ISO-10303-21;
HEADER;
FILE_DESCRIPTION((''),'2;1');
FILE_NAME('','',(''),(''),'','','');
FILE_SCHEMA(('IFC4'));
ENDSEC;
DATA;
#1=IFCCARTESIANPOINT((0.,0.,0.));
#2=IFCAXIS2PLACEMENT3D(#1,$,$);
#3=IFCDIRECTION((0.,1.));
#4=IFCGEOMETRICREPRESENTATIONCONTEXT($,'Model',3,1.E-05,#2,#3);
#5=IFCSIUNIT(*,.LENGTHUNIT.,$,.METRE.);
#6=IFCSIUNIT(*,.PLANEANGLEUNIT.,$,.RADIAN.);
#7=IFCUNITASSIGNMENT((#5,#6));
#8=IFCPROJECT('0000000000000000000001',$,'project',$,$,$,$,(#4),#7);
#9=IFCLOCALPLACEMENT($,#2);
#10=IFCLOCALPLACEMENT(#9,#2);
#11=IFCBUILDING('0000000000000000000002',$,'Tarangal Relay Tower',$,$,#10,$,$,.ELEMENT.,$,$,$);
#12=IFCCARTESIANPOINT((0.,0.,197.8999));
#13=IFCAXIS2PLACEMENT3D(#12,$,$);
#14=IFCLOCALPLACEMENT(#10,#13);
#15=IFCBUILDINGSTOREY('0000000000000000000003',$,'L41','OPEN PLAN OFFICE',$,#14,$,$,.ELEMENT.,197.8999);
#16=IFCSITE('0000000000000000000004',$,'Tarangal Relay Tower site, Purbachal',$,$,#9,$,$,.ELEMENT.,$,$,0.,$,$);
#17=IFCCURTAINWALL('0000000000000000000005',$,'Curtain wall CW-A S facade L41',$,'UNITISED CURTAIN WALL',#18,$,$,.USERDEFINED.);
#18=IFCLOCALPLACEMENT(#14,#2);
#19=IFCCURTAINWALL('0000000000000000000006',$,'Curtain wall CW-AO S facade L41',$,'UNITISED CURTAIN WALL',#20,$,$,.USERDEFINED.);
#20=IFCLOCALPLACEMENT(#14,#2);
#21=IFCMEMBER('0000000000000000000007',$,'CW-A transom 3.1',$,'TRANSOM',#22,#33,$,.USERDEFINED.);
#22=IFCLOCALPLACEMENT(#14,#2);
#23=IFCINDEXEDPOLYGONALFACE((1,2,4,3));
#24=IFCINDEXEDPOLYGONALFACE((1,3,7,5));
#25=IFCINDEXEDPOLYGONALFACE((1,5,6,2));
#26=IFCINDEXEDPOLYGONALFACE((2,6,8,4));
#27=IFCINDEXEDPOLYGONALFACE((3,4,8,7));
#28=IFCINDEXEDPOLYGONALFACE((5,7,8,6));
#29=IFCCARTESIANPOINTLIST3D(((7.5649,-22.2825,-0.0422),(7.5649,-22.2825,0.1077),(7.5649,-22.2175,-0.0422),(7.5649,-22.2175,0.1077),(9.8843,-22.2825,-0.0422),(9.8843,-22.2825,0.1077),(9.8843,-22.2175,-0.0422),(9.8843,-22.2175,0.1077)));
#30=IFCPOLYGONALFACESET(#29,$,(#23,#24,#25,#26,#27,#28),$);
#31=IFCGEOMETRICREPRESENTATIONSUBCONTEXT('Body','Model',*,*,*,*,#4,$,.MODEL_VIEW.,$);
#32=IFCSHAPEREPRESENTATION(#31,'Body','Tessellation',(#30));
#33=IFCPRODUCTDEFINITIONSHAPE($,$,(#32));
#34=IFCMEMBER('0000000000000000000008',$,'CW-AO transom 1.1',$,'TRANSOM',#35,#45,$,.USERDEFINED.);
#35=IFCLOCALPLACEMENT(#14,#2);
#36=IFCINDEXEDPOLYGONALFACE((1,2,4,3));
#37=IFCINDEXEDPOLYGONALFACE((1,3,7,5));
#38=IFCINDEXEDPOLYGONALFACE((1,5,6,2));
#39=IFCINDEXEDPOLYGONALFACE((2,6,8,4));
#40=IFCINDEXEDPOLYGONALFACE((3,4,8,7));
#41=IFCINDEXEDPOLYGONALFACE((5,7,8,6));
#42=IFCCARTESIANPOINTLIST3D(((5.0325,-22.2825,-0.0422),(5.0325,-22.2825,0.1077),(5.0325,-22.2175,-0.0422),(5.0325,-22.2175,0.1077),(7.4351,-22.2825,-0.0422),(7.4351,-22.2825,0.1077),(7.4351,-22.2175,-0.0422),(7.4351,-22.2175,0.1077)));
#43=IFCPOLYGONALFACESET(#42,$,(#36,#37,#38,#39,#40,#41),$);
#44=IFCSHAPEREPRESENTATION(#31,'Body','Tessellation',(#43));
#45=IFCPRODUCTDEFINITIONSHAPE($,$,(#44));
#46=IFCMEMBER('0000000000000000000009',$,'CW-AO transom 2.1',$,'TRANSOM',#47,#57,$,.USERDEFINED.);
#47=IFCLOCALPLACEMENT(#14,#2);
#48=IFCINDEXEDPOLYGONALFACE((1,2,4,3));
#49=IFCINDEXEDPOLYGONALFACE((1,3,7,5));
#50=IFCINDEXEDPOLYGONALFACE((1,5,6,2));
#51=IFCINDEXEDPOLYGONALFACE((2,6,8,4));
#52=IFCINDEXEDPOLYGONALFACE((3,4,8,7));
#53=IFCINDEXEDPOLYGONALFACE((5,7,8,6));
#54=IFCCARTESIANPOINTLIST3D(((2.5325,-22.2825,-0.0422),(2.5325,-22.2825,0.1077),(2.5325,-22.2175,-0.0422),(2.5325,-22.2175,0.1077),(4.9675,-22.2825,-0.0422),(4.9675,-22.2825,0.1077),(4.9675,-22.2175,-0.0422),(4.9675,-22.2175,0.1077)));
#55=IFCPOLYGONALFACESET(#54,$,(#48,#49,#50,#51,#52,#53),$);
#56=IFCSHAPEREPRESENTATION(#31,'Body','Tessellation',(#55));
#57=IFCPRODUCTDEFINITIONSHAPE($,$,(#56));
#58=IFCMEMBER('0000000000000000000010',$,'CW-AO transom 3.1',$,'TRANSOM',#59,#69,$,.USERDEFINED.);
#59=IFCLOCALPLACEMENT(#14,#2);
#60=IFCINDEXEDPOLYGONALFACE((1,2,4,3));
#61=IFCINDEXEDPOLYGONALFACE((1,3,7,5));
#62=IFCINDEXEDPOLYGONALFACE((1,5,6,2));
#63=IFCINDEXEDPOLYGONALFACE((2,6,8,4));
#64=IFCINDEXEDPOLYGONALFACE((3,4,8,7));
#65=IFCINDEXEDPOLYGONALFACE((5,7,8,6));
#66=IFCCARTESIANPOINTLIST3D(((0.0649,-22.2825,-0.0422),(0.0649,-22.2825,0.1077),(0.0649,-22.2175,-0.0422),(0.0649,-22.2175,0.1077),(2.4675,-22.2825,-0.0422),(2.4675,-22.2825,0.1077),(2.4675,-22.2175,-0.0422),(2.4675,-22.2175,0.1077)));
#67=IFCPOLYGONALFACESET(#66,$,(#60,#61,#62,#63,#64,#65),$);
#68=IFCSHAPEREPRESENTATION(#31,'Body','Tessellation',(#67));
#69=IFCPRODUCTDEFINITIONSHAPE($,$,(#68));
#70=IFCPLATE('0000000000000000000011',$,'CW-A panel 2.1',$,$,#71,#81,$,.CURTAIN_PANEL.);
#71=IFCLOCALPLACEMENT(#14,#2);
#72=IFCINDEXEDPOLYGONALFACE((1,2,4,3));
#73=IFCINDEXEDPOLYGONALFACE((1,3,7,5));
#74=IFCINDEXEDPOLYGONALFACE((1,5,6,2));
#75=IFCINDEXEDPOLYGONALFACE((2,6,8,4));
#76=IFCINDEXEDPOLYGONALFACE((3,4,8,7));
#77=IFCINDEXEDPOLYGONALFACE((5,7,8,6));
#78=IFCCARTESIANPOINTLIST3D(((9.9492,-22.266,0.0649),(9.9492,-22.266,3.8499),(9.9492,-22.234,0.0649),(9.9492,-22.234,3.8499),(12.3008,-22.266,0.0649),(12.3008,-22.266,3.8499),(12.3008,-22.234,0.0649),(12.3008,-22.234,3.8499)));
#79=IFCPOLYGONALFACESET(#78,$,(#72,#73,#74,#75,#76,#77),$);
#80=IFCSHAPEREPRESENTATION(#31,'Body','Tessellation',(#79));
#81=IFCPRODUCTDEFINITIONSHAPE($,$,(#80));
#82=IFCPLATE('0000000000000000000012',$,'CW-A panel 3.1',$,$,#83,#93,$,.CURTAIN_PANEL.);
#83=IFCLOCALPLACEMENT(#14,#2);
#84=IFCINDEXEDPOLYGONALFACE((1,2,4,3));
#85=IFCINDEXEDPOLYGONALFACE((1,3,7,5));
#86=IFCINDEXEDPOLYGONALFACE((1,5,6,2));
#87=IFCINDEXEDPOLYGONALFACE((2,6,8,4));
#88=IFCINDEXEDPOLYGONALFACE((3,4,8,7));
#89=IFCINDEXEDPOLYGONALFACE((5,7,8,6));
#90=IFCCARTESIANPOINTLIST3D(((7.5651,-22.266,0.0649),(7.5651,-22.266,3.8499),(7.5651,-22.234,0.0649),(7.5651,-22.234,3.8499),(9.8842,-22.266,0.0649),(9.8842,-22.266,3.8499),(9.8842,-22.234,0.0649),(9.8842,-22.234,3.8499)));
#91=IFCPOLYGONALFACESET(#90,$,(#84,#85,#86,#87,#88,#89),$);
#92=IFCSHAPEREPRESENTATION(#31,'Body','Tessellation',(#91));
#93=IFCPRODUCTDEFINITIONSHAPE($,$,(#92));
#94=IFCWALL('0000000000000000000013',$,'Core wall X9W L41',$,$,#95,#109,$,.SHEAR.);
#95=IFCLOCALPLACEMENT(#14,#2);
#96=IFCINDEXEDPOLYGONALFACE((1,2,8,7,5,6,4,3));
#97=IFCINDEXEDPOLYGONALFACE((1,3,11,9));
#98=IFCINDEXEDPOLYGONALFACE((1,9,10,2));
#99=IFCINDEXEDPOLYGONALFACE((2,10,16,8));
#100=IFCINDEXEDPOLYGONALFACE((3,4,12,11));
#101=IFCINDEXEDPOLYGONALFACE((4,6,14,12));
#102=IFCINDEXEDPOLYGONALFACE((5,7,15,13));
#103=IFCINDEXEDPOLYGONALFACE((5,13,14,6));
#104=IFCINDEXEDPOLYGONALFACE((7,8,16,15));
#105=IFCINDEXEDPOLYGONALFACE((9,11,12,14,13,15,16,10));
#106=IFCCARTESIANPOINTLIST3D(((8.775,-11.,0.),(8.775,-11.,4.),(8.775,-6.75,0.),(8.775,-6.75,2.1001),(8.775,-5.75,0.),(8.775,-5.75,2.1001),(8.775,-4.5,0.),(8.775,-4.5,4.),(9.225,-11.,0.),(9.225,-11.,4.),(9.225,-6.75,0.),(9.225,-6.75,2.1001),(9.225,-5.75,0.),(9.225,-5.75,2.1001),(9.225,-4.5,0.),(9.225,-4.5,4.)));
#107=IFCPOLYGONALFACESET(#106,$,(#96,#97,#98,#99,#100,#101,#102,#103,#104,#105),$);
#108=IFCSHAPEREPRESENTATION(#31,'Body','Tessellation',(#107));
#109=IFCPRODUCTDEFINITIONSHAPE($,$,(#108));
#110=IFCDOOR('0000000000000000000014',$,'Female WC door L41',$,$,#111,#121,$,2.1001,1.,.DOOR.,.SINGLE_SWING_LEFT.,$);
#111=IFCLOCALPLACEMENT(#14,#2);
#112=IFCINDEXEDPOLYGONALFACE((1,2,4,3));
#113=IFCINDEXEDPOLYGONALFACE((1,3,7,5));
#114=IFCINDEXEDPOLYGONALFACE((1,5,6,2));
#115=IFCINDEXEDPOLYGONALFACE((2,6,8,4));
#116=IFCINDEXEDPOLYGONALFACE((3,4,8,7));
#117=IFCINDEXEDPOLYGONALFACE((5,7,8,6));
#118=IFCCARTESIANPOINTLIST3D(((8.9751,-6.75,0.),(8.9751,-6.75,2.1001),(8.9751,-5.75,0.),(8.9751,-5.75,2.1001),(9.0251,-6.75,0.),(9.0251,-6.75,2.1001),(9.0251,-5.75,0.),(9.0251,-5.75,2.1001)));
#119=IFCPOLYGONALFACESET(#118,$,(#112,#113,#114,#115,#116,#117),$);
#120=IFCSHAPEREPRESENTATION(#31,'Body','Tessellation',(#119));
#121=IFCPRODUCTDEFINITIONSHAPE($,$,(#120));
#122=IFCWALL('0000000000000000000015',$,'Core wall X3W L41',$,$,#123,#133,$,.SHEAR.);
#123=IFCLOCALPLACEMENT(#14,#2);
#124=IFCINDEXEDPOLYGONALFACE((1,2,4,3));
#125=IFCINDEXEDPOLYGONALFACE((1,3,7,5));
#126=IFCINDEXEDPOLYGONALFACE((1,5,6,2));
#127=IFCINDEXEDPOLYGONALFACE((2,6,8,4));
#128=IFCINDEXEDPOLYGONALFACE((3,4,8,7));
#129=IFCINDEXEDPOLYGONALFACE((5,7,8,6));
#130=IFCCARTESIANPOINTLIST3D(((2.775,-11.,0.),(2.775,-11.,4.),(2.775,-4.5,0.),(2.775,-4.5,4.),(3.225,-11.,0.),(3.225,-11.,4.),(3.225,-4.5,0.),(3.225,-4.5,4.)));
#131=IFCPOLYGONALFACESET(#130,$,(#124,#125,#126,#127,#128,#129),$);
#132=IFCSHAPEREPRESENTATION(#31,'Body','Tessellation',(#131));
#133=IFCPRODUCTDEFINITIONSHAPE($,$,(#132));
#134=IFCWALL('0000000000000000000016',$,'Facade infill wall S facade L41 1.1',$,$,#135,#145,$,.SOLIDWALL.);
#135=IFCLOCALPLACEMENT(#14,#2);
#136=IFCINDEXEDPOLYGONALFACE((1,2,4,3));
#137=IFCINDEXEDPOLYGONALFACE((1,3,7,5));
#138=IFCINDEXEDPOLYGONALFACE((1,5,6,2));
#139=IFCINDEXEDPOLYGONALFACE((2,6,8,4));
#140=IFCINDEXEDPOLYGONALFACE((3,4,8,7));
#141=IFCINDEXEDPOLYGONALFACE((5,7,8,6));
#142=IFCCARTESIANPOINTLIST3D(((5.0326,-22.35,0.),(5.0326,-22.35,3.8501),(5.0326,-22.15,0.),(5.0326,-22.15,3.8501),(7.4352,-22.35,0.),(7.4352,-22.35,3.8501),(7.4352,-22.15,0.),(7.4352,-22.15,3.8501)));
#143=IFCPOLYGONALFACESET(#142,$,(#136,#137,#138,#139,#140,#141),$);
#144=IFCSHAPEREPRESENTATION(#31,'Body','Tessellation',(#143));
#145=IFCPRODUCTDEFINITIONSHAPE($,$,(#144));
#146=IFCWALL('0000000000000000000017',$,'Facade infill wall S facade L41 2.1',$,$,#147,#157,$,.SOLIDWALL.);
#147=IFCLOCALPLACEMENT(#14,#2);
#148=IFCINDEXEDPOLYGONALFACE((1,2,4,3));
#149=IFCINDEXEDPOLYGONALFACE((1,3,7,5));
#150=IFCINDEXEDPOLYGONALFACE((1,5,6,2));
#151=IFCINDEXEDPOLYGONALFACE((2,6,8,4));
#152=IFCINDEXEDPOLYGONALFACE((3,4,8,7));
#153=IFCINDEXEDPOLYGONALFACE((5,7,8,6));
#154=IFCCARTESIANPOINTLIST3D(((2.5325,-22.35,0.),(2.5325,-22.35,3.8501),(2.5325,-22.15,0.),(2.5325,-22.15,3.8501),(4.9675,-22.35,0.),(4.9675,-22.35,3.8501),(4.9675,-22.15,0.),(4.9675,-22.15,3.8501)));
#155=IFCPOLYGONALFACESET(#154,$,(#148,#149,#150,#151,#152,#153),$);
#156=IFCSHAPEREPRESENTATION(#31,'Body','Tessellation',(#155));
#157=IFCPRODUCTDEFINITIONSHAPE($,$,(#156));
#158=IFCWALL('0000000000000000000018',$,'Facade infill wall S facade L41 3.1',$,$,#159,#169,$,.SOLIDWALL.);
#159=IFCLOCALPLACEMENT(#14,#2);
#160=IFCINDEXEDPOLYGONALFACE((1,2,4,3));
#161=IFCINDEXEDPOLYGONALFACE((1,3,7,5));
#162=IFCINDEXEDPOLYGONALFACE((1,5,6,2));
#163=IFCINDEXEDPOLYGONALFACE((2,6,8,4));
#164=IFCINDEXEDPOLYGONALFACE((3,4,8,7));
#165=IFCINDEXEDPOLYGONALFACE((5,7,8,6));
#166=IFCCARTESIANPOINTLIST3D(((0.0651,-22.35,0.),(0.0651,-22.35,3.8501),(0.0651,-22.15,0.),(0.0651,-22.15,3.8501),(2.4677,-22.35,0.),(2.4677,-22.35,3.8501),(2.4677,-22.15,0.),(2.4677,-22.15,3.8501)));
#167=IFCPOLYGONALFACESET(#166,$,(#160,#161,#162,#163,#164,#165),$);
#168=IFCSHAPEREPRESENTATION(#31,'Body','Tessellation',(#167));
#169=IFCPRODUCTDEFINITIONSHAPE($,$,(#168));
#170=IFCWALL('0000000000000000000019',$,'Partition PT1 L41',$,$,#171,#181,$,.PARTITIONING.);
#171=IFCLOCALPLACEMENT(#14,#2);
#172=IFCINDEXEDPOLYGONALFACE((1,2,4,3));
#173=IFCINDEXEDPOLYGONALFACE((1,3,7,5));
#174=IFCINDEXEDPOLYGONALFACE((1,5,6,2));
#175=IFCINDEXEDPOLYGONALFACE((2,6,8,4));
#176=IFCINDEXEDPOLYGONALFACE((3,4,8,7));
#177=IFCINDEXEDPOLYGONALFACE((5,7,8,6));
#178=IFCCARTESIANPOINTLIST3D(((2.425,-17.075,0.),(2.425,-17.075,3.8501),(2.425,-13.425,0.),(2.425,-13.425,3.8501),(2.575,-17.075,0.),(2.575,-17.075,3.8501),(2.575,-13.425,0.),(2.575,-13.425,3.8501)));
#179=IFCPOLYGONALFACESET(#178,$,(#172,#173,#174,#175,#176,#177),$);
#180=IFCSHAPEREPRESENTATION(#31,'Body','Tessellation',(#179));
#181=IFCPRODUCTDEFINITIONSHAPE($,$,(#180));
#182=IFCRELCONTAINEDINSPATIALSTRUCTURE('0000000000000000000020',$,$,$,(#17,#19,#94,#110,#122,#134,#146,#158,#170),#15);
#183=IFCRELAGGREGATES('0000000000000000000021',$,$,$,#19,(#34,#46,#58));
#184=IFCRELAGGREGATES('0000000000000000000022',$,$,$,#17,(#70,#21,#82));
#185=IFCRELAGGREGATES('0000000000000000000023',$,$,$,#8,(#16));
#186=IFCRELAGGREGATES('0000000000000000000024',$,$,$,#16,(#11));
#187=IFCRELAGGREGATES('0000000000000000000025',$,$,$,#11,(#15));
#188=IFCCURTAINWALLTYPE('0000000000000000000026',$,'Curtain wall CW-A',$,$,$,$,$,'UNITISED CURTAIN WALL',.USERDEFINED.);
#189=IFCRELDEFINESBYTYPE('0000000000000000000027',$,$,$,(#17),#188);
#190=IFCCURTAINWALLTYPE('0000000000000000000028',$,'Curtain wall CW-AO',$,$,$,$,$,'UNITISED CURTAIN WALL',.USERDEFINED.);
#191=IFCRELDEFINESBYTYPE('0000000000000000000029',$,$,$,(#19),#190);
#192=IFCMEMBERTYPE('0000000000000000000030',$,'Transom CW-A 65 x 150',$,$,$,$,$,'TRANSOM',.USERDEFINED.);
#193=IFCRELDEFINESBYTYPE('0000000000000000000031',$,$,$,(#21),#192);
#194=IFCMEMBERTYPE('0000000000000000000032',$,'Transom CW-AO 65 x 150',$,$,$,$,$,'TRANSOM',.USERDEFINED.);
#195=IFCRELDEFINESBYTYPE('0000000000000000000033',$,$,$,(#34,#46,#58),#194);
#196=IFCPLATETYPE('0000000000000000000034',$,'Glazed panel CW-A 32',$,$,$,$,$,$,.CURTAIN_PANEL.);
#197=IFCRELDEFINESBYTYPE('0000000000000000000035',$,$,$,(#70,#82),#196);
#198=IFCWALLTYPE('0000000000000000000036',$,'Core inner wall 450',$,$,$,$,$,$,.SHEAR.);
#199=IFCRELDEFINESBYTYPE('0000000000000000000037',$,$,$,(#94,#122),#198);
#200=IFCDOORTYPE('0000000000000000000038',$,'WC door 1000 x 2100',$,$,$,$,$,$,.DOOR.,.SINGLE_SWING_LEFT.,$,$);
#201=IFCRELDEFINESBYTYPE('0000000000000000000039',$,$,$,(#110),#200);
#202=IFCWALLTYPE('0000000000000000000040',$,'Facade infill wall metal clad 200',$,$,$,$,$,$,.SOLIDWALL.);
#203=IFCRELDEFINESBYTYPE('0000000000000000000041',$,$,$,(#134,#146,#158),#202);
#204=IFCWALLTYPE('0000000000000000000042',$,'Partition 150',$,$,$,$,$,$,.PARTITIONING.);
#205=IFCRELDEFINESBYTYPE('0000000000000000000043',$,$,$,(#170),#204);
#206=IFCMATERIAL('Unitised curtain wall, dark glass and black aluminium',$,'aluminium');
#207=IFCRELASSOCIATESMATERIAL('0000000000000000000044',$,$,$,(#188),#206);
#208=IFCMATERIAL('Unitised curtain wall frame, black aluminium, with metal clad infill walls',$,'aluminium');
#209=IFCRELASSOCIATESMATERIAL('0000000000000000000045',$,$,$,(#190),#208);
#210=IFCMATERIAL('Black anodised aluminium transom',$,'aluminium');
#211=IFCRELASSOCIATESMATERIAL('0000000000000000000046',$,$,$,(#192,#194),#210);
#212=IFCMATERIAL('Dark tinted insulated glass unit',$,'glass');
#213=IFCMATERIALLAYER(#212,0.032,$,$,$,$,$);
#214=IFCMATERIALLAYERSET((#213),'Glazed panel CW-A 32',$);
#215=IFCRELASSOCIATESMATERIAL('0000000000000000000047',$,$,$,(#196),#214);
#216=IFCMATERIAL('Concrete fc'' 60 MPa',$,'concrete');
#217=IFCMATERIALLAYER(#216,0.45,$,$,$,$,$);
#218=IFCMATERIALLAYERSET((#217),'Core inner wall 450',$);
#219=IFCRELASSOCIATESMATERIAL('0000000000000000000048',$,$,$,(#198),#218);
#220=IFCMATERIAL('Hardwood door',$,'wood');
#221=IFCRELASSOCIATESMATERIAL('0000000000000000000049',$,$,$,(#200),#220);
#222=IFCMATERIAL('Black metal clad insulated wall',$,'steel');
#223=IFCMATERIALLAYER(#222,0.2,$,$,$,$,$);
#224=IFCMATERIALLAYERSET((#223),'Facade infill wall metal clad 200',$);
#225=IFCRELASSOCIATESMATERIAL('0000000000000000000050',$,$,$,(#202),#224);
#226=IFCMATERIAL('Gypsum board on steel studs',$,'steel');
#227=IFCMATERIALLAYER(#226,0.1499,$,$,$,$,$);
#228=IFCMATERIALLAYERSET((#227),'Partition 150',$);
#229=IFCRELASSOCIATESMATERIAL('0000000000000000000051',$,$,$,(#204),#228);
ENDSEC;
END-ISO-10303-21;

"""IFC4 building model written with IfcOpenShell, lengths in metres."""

from ifc_helpers import new_model, si_unit, direction, frame, frame_2d, origin, origin_2d, place, context, subcontext, project, spatial, rectangle, extrude, material, layer, layer_set, material_profile, profile_set, type_object, element, fill, aggregate, save


model = new_model("IFC4")

# Units and contexts
model_context = context("Model", 3, precision=1e-05, world=origin(), true_north=direction((0.0, 1.0)))
body_context = subcontext(model_context, "Body", "Model", "MODEL_VIEW")
ifc_project = project(units=[si_unit("LENGTHUNIT", "METRE"), si_unit("PLANEANGLEUNIT", "RADIAN")], contexts=[model_context])

# Site, building, storey
site_placement = place(None, origin())
site = spatial("IfcSite", under=ifc_project, at=site_placement, Name="Tarangal Relay Tower site, Purbachal", CompositionType="ELEMENT", RefElevation=0.0)
building_placement = place(site_placement, origin())
building = spatial("IfcBuilding", under=site, at=building_placement, Name="Tarangal Relay Tower", CompositionType="ELEMENT")
storey_placement = place(building_placement, frame((0.0, 0.0, 197.8999)))
storey = spatial("IfcBuildingStorey", under=building, at=storey_placement, Name="L41", Description="OPEN PLAN OFFICE", CompositionType="ELEMENT", Elevation=197.8999)

# Curtain walls
ifc_material_1 = material(Name="Unitised curtain wall, dark glass and black aluminium", Category="aluminium")
curtain_wall_type_1 = type_object("IfcCurtainWallType", Name="Curtain wall CW-A", ElementType="UNITISED CURTAIN WALL", PredefinedType="USERDEFINED", material=ifc_material_1)
curtain_wall_1_placement = place(storey_placement, origin())
curtain_wall_1 = element("IfcCurtainWall", 1, at=curtain_wall_1_placement, inside=storey, type_object=curtain_wall_type_1, Name="Curtain wall CW-A S facade L41", ObjectType="UNITISED CURTAIN WALL", PredefinedType="USERDEFINED")
ifc_material_2 = material(Name="Unitised curtain wall frame, black aluminium, with metal clad infill walls", Category="aluminium")
curtain_wall_type_2 = type_object("IfcCurtainWallType", Name="Curtain wall CW-AO", ElementType="UNITISED CURTAIN WALL", PredefinedType="USERDEFINED", material=ifc_material_2)
curtain_wall_2_placement = place(storey_placement, origin())
curtain_wall_2 = element("IfcCurtainWall", 2, at=curtain_wall_2_placement, inside=storey, type_object=curtain_wall_type_2, Name="Curtain wall CW-AO S facade L41", ObjectType="UNITISED CURTAIN WALL", PredefinedType="USERDEFINED")

# Members
ifc_material_3 = material(Name="Black anodised aluminium transom", Category="aluminium")
ifc_material_profile_1 = material_profile(ifc_material_3, rectangle(XDim=0.0649, YDim=0.1499, at=origin_2d()), Name="CW-AT 65X150")
ifc_profile_set_1 = profile_set([ifc_material_profile_1], Name="Black anodised aluminium transom")
member_type_1 = type_object("IfcMemberType", Name="Transom CW-A 65 x 150", ElementType="TRANSOM", PredefinedType="USERDEFINED", material=ifc_profile_set_1)
member_1_placement = place(storey_placement, frame((9.8843, -22.25, 0.0327), z_axis=(-1.0, 0.0, 0.0), x_axis=(0.0, -1.0, 0.0)))
member_1 = element("IfcMember", 3, at=member_1_placement, type_object=member_type_1, Name="CW-A transom 3.1", ObjectType="TRANSOM", PredefinedType="USERDEFINED", context=body_context, shape_type="SweptSolid", body=[
    extrude(rectangle(XDim=0.0649, YDim=0.1499, at=origin_2d()), origin(), (0.0, 0.0, 1.0), 2.3193),
])
ifc_material_profile_2 = material_profile(ifc_material_3, rectangle(XDim=0.0649, YDim=0.1499, at=origin_2d()), Name="CW-AOT 65X150")
ifc_profile_set_2 = profile_set([ifc_material_profile_2], Name="Black anodised aluminium transom")
member_type_2 = type_object("IfcMemberType", Name="Transom CW-AO 65 x 150", ElementType="TRANSOM", PredefinedType="USERDEFINED", material=ifc_profile_set_2)
member_2_placement = place(storey_placement, frame((7.4351, -22.25, 0.0327), z_axis=(-1.0, 0.0, 0.0), x_axis=(0.0, -1.0, 0.0)))
member_2 = element("IfcMember", 4, at=member_2_placement, type_object=member_type_2, Name="CW-AO transom 1.1", ObjectType="TRANSOM", PredefinedType="USERDEFINED", context=body_context, shape_type="SweptSolid", body=[
    extrude(rectangle(XDim=0.0649, YDim=0.1499, at=origin_2d()), origin(), (0.0, 0.0, 1.0), 2.4026),
])
member_3_placement = place(storey_placement, frame((4.9675, -22.25, 0.0327), z_axis=(-1.0, 0.0, 0.0), x_axis=(0.0, -1.0, 0.0)))
member_3 = element("IfcMember", 5, at=member_3_placement, type_object=member_type_2, Name="CW-AO transom 2.1", ObjectType="TRANSOM", PredefinedType="USERDEFINED", context=body_context, shape_type="SweptSolid", body=[
    extrude(rectangle(XDim=0.0649, YDim=0.1499, at=origin_2d()), origin(), (0.0, 0.0, 1.0), 2.4351),
])
member_4_placement = place(storey_placement, frame((2.4675, -22.25, 0.0327), z_axis=(-1.0, 0.0, 0.0), x_axis=(0.0, -1.0, 0.0)))
member_4 = element("IfcMember", 6, at=member_4_placement, type_object=member_type_2, Name="CW-AO transom 3.1", ObjectType="TRANSOM", PredefinedType="USERDEFINED", context=body_context, shape_type="SweptSolid", body=[
    extrude(rectangle(XDim=0.0649, YDim=0.1499, at=origin_2d()), origin(), (0.0, 0.0, 1.0), 2.4026),
])
aggregate(curtain_wall_2, [member_2, member_3, member_4])

# Plates
ifc_material_4 = material(Name="Dark tinted insulated glass unit", Category="glass")
ifc_layer_1 = layer(ifc_material_4, 0.032)
ifc_layer_set_1 = layer_set([ifc_layer_1], Name="Glazed panel CW-A 32")
plate_type = type_object("IfcPlateType", Name="Glazed panel CW-A 32", PredefinedType="CURTAIN_PANEL", material=ifc_layer_set_1)
plate_1_placement = place(storey_placement, frame((11.125, -22.25, 0.0649), z_axis=(0.0, 0.0, 1.0), x_axis=(-1.0, 0.0, 0.0)))
plate_1 = element("IfcPlate", 7, at=plate_1_placement, type_object=plate_type, Name="CW-A panel 2.1", PredefinedType="CURTAIN_PANEL", context=body_context, shape_type="SweptSolid", body=[
    extrude(rectangle(XDim=2.3516, YDim=0.032, at=origin_2d()), origin(), (0.0, 0.0, 1.0), 3.7849),
])
plate_2_placement = place(storey_placement, frame((8.7246, -22.25, 0.0649), z_axis=(0.0, 0.0, 1.0), x_axis=(-1.0, 0.0, 0.0)))
plate_2 = element("IfcPlate", 8, at=plate_2_placement, type_object=plate_type, Name="CW-A panel 3.1", PredefinedType="CURTAIN_PANEL", context=body_context, shape_type="SweptSolid", body=[
    extrude(rectangle(XDim=2.3191, YDim=0.032, at=origin_2d()), origin(), (0.0, 0.0, 1.0), 3.7849),
])
aggregate(curtain_wall_1, [plate_1, member_1, plate_2])

# Wall, opening, door
ifc_material_5 = material(Name="Concrete fc' 60 MPa", Category="concrete")
ifc_layer_2 = layer(ifc_material_5, 0.45)
ifc_layer_set_2 = layer_set([ifc_layer_2], Name="Core inner wall 450")
wall_type_1 = type_object("IfcWallType", Name="Core inner wall 450", PredefinedType="SHEAR", material=ifc_layer_set_2)
wall_1_placement = place(storey_placement, frame((9.0, -11.0, 0.0), z_axis=(0.0, 0.0, 1.0), x_axis=(0.0, 1.0, 0.0)))
wall_1 = element("IfcWall", 9, at=wall_1_placement, inside=storey, type_object=wall_type_1, Name="Core wall X9W L41", PredefinedType="SHEAR", context=body_context, shape_type="SweptSolid", body=[
    extrude(rectangle(XDim=6.5, YDim=0.45, at=frame_2d((3.25, 0.0))), origin(), (0.0, 0.0, 1.0), 4.0),
])
opening_1_placement = place(wall_1_placement, frame((4.25, 0.0, 0.0)))
opening_1 = element("IfcOpeningElement", 10, at=opening_1_placement, cuts=wall_1, PredefinedType="OPENING", context=body_context, shape_type="SweptSolid", body=[
    extrude(rectangle(XDim=1.0, YDim=2.1001, at=frame_2d((0.5, 1.05))), frame((0.0, 0.2349, 0.0), z_axis=(0.0, -1.0, 0.0), x_axis=(1.0, 0.0, 0.0)), (0.0, 0.0, 1.0), 0.47),
])
ifc_material_6 = material(Name="Hardwood door", Category="wood")
door_type = type_object("IfcDoorType", Name="WC door 1000 x 2100", OperationType="SINGLE_SWING_LEFT", PredefinedType="DOOR", material=ifc_material_6)
door_1_placement = place(opening_1_placement, origin())
door_1 = element("IfcDoor", 11, at=door_1_placement, inside=storey, type_object=door_type, Name="Female WC door L41", OperationType="SINGLE_SWING_LEFT", OverallHeight=2.1001, OverallWidth=1.0, PredefinedType="DOOR", context=body_context, shape_type="SweptSolid", body=[
    extrude(rectangle(XDim=1.0, YDim=2.1001, at=frame_2d((0.5, 1.05))), frame((0.0, 0.0249, 0.0), z_axis=(0.0, -1.0, 0.0), x_axis=(1.0, 0.0, 0.0)), (0.0, 0.0, 1.0), 0.05),
])
fill(opening_1, door_1)

# Walls
wall_2_placement = place(storey_placement, frame((3.0, -11.0, 0.0), z_axis=(0.0, 0.0, 1.0), x_axis=(0.0, 1.0, 0.0)))
element("IfcWall", 12, at=wall_2_placement, inside=storey, type_object=wall_type_1, Name="Core wall X3W L41", PredefinedType="SHEAR", context=body_context, shape_type="SweptSolid", body=[
    extrude(rectangle(XDim=6.5, YDim=0.45, at=frame_2d((3.25, 0.0))), origin(), (0.0, 0.0, 1.0), 4.0),
])
ifc_material_7 = material(Name="Black metal clad insulated wall", Category="steel")
ifc_layer_3 = layer(ifc_material_7, 0.2)
ifc_layer_set_3 = layer_set([ifc_layer_3], Name="Facade infill wall metal clad 200")
wall_type_2 = type_object("IfcWallType", Name="Facade infill wall metal clad 200", PredefinedType="SOLIDWALL", material=ifc_layer_set_3)
wall_3_placement = place(storey_placement, frame((7.4351, -22.25, 0.0), z_axis=(0.0, 0.0, 1.0), x_axis=(-1.0, 0.0, 0.0)))
element("IfcWall", 13, at=wall_3_placement, inside=storey, type_object=wall_type_2, Name="Facade infill wall S facade L41 1.1", PredefinedType="SOLIDWALL", context=body_context, shape_type="SweptSolid", body=[
    extrude(rectangle(XDim=2.4026, YDim=0.2, at=frame_2d((1.2012, 0.0))), origin(), (0.0, 0.0, 1.0), 3.8501),
])
wall_4_placement = place(storey_placement, frame((4.9675, -22.25, 0.0), z_axis=(0.0, 0.0, 1.0), x_axis=(-1.0, 0.0, 0.0)))
element("IfcWall", 14, at=wall_4_placement, inside=storey, type_object=wall_type_2, Name="Facade infill wall S facade L41 2.1", PredefinedType="SOLIDWALL", context=body_context, shape_type="SweptSolid", body=[
    extrude(rectangle(XDim=2.4351, YDim=0.2, at=frame_2d((1.2175, 0.0))), origin(), (0.0, 0.0, 1.0), 3.8501),
])
wall_5_placement = place(storey_placement, frame((2.4675, -22.25, 0.0), z_axis=(0.0, 0.0, 1.0), x_axis=(-1.0, 0.0, 0.0)))
element("IfcWall", 15, at=wall_5_placement, inside=storey, type_object=wall_type_2, Name="Facade infill wall S facade L41 3.1", PredefinedType="SOLIDWALL", context=body_context, shape_type="SweptSolid", body=[
    extrude(rectangle(XDim=2.4026, YDim=0.2, at=frame_2d((1.2012, 0.0))), origin(), (0.0, 0.0, 1.0), 3.8501),
])
ifc_material_8 = material(Name="Gypsum board on steel studs", Category="steel")
ifc_layer_4 = layer(ifc_material_8, 0.1499)
ifc_layer_set_4 = layer_set([ifc_layer_4], Name="Partition 150")
wall_type_3 = type_object("IfcWallType", Name="Partition 150", PredefinedType="PARTITIONING", material=ifc_layer_set_4)
wall_6_placement = place(storey_placement, frame((2.5, -17.075, 0.0), z_axis=(0.0, 0.0, 1.0), x_axis=(0.0, 1.0, 0.0)))
element("IfcWall", 16, at=wall_6_placement, inside=storey, type_object=wall_type_3, Name="Partition PT1 L41", PredefinedType="PARTITIONING", context=body_context, shape_type="SweptSolid", body=[
    extrude(rectangle(XDim=3.6499, YDim=0.1499, at=frame_2d((1.825, 0.0))), origin(), (0.0, 0.0, 1.0), 3.8501),
])

save(model, "model.ifc")
